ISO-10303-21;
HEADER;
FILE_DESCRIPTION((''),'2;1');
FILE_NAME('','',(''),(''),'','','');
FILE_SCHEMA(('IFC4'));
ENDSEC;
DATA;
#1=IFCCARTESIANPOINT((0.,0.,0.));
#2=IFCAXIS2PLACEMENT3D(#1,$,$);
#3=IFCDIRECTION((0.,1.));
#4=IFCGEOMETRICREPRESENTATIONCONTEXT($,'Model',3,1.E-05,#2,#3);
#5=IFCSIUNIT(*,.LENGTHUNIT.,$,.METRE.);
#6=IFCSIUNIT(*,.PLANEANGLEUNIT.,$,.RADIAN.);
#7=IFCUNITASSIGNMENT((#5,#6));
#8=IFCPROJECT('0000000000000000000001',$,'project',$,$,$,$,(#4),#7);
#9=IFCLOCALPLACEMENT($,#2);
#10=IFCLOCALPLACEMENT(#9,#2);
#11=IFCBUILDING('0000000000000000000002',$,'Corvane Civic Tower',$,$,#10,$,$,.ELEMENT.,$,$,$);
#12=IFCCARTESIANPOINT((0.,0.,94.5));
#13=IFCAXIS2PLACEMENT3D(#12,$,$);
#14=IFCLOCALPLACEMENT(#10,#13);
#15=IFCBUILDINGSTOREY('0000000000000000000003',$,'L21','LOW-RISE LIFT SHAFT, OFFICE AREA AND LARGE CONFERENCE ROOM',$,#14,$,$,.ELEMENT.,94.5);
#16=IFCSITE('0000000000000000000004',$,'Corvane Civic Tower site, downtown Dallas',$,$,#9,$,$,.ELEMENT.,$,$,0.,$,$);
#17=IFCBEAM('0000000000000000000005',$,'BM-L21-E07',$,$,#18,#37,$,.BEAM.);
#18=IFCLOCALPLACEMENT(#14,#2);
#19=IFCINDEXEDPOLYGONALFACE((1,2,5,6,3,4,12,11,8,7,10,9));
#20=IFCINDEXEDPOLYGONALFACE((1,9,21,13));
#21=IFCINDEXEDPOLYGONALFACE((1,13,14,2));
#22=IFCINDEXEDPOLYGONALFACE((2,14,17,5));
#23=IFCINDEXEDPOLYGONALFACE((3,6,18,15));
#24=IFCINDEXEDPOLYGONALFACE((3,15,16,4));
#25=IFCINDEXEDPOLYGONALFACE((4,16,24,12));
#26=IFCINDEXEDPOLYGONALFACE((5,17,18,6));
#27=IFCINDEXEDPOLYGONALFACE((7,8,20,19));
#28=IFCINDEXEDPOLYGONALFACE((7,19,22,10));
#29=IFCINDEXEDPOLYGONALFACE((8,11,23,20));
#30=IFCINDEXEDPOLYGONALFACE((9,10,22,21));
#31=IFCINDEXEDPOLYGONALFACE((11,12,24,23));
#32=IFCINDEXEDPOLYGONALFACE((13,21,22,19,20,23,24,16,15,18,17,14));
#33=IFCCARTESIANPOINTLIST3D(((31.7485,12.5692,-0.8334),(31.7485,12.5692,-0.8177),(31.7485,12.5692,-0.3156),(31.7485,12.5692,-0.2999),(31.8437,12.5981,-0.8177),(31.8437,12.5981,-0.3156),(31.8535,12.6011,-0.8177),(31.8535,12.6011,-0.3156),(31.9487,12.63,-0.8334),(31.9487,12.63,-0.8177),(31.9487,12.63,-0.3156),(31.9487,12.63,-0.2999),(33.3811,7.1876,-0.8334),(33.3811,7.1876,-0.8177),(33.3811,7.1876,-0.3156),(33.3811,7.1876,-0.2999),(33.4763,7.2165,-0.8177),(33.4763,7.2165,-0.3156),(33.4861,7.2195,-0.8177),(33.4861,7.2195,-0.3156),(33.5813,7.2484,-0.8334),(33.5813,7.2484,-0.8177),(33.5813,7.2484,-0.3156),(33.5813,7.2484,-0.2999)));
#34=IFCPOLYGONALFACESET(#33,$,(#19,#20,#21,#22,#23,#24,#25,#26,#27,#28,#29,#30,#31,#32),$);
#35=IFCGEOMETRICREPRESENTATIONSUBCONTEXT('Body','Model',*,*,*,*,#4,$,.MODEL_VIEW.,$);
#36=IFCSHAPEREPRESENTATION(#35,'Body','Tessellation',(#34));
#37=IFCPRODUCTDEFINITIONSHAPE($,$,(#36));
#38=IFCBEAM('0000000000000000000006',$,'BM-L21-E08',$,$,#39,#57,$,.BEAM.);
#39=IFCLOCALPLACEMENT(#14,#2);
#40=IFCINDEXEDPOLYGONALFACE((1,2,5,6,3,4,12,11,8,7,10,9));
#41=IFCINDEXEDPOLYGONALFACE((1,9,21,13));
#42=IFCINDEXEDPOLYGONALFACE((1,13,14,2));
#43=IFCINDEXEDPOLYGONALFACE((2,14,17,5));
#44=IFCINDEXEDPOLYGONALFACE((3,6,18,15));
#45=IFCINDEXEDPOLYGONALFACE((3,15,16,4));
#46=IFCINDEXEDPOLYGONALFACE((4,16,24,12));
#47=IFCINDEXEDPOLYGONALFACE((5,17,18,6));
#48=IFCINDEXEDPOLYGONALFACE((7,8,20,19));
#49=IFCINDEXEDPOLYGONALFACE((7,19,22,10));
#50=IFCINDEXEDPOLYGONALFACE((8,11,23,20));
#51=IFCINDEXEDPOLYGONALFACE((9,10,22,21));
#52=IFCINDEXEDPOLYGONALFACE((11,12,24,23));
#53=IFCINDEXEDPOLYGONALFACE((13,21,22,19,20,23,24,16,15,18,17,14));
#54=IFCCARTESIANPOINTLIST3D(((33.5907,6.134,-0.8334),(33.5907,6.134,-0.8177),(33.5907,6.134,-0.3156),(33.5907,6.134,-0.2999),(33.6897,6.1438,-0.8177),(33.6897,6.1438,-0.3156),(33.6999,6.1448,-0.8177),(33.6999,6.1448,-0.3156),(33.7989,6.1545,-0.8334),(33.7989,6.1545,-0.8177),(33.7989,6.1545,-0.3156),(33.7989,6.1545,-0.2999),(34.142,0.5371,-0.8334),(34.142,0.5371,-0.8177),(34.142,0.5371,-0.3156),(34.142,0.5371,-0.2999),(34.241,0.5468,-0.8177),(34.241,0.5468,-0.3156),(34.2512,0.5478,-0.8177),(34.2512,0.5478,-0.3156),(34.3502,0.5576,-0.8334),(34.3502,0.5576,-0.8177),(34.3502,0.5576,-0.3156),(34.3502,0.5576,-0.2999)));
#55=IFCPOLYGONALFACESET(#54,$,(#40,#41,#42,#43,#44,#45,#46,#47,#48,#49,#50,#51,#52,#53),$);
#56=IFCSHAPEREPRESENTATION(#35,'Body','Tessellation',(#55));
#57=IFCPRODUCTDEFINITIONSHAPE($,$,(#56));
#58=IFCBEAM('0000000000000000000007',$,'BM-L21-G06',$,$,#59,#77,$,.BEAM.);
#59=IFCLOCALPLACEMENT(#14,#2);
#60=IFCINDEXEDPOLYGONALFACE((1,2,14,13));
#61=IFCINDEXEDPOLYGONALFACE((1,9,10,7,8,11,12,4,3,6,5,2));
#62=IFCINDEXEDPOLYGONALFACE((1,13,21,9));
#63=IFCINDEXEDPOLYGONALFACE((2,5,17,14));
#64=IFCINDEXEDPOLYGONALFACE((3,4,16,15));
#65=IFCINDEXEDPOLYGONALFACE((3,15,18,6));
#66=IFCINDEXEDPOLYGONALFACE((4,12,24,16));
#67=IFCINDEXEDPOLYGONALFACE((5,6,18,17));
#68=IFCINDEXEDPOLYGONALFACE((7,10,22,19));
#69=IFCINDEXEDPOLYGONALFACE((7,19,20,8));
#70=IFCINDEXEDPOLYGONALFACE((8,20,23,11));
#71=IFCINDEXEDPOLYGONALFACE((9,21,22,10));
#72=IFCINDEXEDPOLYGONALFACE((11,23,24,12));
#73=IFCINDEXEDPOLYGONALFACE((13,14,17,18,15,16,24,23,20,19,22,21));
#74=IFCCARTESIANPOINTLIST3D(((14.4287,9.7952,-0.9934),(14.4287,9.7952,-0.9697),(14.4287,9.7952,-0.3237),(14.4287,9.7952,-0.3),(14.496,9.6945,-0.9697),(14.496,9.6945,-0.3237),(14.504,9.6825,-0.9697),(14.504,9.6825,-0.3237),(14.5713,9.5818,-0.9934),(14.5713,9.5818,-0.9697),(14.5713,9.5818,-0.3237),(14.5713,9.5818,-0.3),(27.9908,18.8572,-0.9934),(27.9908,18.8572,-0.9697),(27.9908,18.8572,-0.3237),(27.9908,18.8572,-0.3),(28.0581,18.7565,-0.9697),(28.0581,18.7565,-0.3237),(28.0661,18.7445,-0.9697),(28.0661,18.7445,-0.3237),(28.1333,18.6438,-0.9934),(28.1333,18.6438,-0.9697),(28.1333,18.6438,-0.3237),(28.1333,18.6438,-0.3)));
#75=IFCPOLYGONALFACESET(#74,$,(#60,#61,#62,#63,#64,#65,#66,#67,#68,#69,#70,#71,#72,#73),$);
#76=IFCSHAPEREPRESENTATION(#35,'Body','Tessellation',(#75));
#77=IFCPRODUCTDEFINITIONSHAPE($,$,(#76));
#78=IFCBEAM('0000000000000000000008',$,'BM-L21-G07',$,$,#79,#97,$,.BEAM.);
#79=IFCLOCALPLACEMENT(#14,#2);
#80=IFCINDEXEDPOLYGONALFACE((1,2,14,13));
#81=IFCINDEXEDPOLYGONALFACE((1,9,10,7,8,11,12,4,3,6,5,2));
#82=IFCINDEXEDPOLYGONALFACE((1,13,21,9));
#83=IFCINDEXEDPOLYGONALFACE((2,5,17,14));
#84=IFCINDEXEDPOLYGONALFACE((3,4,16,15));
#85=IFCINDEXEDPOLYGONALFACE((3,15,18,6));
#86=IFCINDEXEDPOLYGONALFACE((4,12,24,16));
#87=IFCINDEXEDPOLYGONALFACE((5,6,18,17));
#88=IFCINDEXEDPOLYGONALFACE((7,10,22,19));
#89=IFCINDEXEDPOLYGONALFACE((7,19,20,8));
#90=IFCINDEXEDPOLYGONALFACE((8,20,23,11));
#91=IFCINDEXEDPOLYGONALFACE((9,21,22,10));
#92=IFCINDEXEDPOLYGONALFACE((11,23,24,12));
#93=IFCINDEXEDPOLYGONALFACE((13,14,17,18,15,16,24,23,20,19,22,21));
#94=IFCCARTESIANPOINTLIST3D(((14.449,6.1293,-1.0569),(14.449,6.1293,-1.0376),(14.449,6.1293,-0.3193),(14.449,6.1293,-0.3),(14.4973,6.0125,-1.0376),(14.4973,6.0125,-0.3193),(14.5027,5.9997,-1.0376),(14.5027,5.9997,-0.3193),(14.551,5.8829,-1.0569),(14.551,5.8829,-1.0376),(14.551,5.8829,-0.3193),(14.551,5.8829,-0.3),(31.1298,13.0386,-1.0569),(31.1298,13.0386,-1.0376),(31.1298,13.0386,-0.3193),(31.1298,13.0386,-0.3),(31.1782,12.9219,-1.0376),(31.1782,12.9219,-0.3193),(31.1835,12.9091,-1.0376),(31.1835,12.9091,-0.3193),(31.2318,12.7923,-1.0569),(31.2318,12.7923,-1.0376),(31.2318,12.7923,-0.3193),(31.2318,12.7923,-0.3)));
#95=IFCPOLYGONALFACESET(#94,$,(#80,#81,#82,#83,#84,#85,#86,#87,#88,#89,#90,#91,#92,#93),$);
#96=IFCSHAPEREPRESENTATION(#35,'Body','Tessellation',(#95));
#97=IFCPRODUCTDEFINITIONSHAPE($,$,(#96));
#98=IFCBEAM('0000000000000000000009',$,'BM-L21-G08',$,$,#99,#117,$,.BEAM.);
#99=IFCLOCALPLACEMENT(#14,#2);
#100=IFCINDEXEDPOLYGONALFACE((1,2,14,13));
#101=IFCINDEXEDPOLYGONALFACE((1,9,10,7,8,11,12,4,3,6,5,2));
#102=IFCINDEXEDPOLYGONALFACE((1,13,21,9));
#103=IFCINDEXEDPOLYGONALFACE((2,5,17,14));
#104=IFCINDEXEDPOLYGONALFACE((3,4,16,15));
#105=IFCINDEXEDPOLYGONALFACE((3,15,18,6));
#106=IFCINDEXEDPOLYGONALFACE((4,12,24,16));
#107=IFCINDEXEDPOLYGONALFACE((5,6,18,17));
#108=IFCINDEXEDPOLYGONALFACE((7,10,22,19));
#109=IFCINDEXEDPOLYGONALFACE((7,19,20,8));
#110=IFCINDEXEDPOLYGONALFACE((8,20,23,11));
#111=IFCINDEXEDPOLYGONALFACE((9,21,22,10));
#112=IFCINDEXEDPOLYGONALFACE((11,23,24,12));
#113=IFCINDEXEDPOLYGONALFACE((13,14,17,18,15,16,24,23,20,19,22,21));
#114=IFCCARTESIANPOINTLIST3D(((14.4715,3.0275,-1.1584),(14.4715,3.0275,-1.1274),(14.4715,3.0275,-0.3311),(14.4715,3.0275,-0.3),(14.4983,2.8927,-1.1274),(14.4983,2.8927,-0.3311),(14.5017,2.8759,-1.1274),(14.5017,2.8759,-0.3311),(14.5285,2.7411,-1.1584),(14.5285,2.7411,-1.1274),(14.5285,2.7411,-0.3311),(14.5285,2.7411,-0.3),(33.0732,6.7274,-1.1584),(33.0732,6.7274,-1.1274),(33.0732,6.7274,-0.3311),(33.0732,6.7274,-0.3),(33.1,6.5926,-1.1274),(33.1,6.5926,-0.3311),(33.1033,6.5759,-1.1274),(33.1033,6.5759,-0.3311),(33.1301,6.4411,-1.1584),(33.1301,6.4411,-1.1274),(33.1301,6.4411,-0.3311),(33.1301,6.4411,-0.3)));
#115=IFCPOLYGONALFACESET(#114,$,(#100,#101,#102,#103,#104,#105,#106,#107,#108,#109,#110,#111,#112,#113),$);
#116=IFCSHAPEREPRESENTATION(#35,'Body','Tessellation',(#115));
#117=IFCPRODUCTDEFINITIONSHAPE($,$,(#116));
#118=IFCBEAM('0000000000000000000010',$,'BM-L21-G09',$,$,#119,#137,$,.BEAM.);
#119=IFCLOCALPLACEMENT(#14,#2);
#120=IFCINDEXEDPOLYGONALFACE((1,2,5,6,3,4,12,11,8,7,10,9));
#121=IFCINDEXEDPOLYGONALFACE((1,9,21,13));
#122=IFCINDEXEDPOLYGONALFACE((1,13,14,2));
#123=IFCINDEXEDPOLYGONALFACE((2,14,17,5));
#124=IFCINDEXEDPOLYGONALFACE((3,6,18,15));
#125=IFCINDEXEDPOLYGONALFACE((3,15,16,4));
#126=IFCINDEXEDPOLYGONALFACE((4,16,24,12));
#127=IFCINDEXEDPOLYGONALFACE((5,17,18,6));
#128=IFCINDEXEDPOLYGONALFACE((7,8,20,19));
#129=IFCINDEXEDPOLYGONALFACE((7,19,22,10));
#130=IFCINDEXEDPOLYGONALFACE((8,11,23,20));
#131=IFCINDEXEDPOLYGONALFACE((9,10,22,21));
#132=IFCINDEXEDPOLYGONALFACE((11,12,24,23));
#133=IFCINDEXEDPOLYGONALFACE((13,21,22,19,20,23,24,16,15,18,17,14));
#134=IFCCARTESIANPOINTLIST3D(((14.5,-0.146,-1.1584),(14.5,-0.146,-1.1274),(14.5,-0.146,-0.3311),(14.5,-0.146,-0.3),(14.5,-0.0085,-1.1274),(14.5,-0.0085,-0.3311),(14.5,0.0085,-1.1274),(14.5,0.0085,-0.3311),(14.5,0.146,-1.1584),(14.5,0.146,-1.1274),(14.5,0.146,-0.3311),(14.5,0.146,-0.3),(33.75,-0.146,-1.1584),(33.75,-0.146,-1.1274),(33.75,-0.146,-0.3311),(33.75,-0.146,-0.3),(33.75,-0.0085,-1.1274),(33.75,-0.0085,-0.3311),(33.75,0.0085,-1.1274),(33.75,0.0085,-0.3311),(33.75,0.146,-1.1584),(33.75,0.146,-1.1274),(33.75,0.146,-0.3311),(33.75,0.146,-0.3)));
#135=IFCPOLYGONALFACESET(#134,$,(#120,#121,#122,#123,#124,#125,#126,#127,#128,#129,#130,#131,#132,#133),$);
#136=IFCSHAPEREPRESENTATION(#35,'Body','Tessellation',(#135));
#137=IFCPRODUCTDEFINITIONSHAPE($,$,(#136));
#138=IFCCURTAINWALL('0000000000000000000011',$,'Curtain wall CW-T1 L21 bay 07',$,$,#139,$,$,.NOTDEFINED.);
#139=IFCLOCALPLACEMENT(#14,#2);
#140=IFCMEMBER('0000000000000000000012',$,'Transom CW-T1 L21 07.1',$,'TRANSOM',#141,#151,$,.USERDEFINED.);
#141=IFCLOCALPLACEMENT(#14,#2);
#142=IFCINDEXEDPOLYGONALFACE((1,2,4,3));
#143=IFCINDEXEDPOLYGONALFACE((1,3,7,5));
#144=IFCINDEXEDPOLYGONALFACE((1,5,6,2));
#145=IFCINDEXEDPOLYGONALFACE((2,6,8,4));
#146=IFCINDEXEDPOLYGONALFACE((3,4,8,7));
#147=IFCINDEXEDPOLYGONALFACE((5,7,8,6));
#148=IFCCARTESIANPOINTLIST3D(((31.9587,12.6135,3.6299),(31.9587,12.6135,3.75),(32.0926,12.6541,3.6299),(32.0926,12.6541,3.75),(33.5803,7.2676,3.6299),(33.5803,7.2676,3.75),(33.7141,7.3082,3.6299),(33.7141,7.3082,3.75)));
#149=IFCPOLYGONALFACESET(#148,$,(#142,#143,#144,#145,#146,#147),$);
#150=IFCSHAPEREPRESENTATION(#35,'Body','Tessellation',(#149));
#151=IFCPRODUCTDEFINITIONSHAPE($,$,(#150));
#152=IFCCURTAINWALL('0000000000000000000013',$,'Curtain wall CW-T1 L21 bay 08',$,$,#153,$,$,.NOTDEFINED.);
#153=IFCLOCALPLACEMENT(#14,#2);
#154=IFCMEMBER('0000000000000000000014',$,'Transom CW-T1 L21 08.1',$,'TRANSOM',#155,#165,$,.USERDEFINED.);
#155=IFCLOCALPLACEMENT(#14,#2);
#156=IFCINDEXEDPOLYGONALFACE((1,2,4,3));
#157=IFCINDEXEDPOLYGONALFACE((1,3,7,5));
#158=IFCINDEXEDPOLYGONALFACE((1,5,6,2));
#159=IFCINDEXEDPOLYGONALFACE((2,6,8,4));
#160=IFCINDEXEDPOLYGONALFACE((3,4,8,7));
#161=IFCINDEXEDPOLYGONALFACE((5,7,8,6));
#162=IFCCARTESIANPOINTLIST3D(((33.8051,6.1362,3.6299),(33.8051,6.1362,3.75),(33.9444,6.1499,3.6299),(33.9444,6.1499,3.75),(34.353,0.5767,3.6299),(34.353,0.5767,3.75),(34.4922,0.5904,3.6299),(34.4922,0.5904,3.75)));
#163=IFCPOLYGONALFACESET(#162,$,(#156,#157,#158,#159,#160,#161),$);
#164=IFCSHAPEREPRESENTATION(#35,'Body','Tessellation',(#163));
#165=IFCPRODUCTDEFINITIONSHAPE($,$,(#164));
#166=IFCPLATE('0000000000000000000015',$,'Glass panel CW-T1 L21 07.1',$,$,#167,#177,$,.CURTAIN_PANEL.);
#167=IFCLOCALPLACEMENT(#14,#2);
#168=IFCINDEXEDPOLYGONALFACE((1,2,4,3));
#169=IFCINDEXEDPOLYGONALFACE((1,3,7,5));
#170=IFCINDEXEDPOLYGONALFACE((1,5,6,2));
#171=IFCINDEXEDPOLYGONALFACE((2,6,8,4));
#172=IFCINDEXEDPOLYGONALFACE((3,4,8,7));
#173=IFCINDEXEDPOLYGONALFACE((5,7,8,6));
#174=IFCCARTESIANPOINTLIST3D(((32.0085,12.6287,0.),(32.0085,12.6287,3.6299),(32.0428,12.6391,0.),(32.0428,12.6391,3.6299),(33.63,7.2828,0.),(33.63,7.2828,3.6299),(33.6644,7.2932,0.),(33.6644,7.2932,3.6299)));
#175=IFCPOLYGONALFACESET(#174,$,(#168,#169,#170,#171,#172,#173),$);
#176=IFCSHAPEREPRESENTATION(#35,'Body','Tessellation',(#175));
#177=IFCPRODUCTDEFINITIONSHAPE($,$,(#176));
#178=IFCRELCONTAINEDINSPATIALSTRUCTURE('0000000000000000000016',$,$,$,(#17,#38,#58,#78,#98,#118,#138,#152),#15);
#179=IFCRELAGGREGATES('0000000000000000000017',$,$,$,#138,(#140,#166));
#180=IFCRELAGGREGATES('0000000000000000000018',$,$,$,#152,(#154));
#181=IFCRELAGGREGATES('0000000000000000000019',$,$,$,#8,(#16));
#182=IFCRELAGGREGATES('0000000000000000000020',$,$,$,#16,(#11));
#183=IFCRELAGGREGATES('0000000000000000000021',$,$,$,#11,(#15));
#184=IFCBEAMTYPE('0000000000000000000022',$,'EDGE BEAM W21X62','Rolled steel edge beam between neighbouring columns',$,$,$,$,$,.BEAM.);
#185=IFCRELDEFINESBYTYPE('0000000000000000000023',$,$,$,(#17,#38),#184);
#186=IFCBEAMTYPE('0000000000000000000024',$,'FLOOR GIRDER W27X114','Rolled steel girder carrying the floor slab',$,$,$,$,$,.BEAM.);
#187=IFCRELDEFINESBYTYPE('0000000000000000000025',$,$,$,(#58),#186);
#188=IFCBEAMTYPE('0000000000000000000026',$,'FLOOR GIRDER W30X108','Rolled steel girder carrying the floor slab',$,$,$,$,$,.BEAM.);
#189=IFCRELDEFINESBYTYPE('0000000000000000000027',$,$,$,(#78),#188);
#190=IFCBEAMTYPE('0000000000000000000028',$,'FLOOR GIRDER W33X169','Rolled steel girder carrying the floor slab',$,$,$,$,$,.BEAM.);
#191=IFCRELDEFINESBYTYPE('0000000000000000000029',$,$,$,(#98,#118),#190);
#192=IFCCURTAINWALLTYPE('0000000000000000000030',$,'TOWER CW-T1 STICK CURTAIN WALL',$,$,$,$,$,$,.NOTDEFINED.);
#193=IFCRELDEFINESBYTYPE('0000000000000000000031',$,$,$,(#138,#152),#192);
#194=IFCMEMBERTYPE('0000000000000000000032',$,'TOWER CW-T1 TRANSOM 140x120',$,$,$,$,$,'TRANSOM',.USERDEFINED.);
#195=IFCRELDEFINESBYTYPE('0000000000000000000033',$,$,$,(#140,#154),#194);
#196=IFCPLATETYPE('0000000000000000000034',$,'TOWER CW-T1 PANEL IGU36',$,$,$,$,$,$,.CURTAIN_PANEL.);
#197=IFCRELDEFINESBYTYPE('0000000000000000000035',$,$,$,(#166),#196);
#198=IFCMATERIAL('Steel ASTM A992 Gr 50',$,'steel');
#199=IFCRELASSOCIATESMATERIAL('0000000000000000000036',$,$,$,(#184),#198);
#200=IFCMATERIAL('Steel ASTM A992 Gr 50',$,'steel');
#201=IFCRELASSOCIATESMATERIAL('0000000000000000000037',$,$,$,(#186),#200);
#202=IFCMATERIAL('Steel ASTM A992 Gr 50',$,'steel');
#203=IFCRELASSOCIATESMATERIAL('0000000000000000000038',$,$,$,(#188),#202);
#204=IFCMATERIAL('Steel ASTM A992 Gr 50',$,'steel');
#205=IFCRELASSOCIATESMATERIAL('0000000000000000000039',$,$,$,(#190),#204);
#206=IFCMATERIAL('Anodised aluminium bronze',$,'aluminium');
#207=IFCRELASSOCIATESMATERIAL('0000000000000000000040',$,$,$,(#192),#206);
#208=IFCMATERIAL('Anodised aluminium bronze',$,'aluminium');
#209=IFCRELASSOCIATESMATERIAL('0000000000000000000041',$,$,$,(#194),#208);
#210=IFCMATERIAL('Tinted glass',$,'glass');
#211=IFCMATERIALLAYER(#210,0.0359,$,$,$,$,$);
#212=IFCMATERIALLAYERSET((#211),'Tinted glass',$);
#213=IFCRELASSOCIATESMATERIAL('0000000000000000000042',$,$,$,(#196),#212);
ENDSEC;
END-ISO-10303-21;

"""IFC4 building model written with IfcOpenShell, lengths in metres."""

from ifc_helpers import new_model, si_unit, direction, frame, origin, origin_2d, place, context, subcontext, project, spatial, rectangle, i_section, extrude, material, layer, layer_set, material_profile, profile_set, type_object, element, aggregate, save


model = new_model("IFC4")

# Units and contexts
model_context = context("Model", 3, precision=1e-05, world=origin(), true_north=direction((0.0, 1.0)))
body_context = subcontext(model_context, "Body", "Model", "MODEL_VIEW")
ifc_project = project(units=[si_unit("LENGTHUNIT", "METRE"), si_unit("PLANEANGLEUNIT", "RADIAN")], contexts=[model_context])

# Site, building, storey
site_placement = place(None, origin())
site = spatial("IfcSite", under=ifc_project, at=site_placement, Name="Corvane Civic Tower site, downtown Dallas", CompositionType="ELEMENT", RefElevation=0.0)
building_placement = place(site_placement, origin())
building = spatial("IfcBuilding", under=site, at=building_placement, Name="Corvane Civic Tower", CompositionType="ELEMENT")
storey_placement = place(building_placement, frame((0.0, 0.0, 94.5)))
storey = spatial("IfcBuildingStorey", under=building, at=storey_placement, Name="L21", Description="LOW-RISE LIFT SHAFT, OFFICE AREA AND LARGE CONFERENCE ROOM", CompositionType="ELEMENT", Elevation=94.5)

# Beams
ifc_material_1 = material(Name="Steel ASTM A992 Gr 50", Category="steel")
ifc_material_profile_1 = material_profile(ifc_material_1, i_section(OverallWidth=0.2092, OverallDepth=0.5334, WebThickness=0.0103, FlangeThickness=0.0156, at=origin_2d()), Name="W21X62")
ifc_profile_set_1 = profile_set([ifc_material_profile_1], Name="Steel ASTM A992 Gr 50")
beam_type_1 = type_object("IfcBeamType", Name="EDGE BEAM W21X62", Description="Rolled steel edge beam between neighbouring columns", PredefinedType="BEAM", material=ifc_profile_set_1)
beam_1_placement = place(storey_placement, frame((31.8486, 12.5996, -0.5667), z_axis=(0.290298, -0.956936, 0.0), x_axis=(0.956936, 0.290298, 0.0)))
element("IfcBeam", 1, at=beam_1_placement, inside=storey, type_object=beam_type_1, Name="BM-L21-E07", PredefinedType="BEAM", context=body_context, shape_type="SweptSolid", body=[
    extrude(i_section(OverallWidth=0.2092, OverallDepth=0.5334, WebThickness=0.0103, FlangeThickness=0.0156, at=origin_2d()), origin(), (0.0, 0.0, 1.0), 5.6238),
])
beam_2_placement = place(storey_placement, frame((33.6948, 6.1443, -0.5667), z_axis=(0.098021, -0.995184, 0.0), x_axis=(0.995184, 0.098021, 0.0)))
element("IfcBeam", 2, at=beam_2_placement, inside=storey, type_object=beam_type_1, Name="BM-L21-E08", PredefinedType="BEAM", context=body_context, shape_type="SweptSolid", body=[
    extrude(i_section(OverallWidth=0.2092, OverallDepth=0.5334, WebThickness=0.0103, FlangeThickness=0.0156, at=origin_2d()), origin(), (0.0, 0.0, 1.0), 5.624),
])
ifc_material_2 = material(Name="Steel ASTM A992 Gr 50", Category="steel")
ifc_material_profile_2 = material_profile(ifc_material_2, i_section(OverallWidth=0.2566, OverallDepth=0.6934, WebThickness=0.0144, FlangeThickness=0.0237, at=origin_2d()), Name="W27X114")
ifc_profile_set_2 = profile_set([ifc_material_profile_2], Name="Steel ASTM A992 Gr 50")
beam_type_2 = type_object("IfcBeamType", Name="FLOOR GIRDER W27X114", Description="Rolled steel girder carrying the floor slab", PredefinedType="BEAM", material=ifc_profile_set_2)
beam_3_placement = place(storey_placement, frame((14.5, 9.6885, -0.6467), z_axis=(0.831465, 0.555577, 0.0), x_axis=(-0.555577, 0.831465, 0.0)))
element("IfcBeam", 3, at=beam_3_placement, inside=storey, type_object=beam_type_2, Name="BM-L21-G06", PredefinedType="BEAM", context=body_context, shape_type="SweptSolid", body=[
    extrude(i_section(OverallWidth=0.2566, OverallDepth=0.6934, WebThickness=0.0144, FlangeThickness=0.0237, at=origin_2d()), origin(), (0.0, 0.0, 1.0), 16.311),
])
ifc_material_3 = material(Name="Steel ASTM A992 Gr 50", Category="steel")
ifc_material_profile_3 = material_profile(ifc_material_3, i_section(OverallWidth=0.2666, OverallDepth=0.7568, WebThickness=0.0139, FlangeThickness=0.0193, at=origin_2d()), Name="W30X108")
ifc_profile_set_3 = profile_set([ifc_material_profile_3], Name="Steel ASTM A992 Gr 50")
beam_type_3 = type_object("IfcBeamType", Name="FLOOR GIRDER W30X108", Description="Rolled steel girder carrying the floor slab", PredefinedType="BEAM", material=ifc_profile_set_3)
beam_4_placement = place(storey_placement, frame((14.5, 6.0061, -0.6785), z_axis=(0.92388, 0.382682, 0.0), x_axis=(-0.382682, 0.92388, 0.0)))
element("IfcBeam", 4, at=beam_4_placement, inside=storey, type_object=beam_type_3, Name="BM-L21-G07", PredefinedType="BEAM", context=body_context, shape_type="SweptSolid", body=[
    extrude(i_section(OverallWidth=0.2666, OverallDepth=0.7568, WebThickness=0.0139, FlangeThickness=0.0193, at=origin_2d()), origin(), (0.0, 0.0, 1.0), 18.0552),
])
ifc_material_4 = material(Name="Steel ASTM A992 Gr 50", Category="steel")
ifc_material_profile_4 = material_profile(ifc_material_4, i_section(OverallWidth=0.292, OverallDepth=0.8584, WebThickness=0.0171, FlangeThickness=0.031, at=origin_2d()), Name="W33X169")
ifc_profile_set_4 = profile_set([ifc_material_profile_4], Name="Steel ASTM A992 Gr 50")
beam_type_4 = type_object("IfcBeamType", Name="FLOOR GIRDER W33X169", Description="Rolled steel girder carrying the floor slab", PredefinedType="BEAM", material=ifc_profile_set_4)
beam_5_placement = place(storey_placement, frame((14.5, 2.8843, -0.7292), z_axis=(0.980787, 0.195084, 0.0), x_axis=(-0.195084, 0.980787, 0.0)))
element("IfcBeam", 5, at=beam_5_placement, inside=storey, type_object=beam_type_4, Name="BM-L21-G08", PredefinedType="BEAM", context=body_context, shape_type="SweptSolid", body=[
    extrude(i_section(OverallWidth=0.292, OverallDepth=0.8584, WebThickness=0.0171, FlangeThickness=0.031, at=origin_2d()), origin(), (0.0, 0.0, 1.0), 18.9661),
])
beam_6_placement = place(storey_placement, frame((14.5, 0.0, -0.7292), z_axis=(1.0, 0.0, 0.0), x_axis=(0.0, 1.0, 0.0)))
element("IfcBeam", 6, at=beam_6_placement, inside=storey, type_object=beam_type_4, Name="BM-L21-G09", PredefinedType="BEAM", context=body_context, shape_type="SweptSolid", body=[
    extrude(i_section(OverallWidth=0.292, OverallDepth=0.8584, WebThickness=0.0171, FlangeThickness=0.031, at=origin_2d()), origin(), (0.0, 0.0, 1.0), 19.25),
])

# Curtain walls, members
ifc_material_5 = material(Name="Anodised aluminium bronze", Category="aluminium")
curtain_wall_type = type_object("IfcCurtainWallType", Name="TOWER CW-T1 STICK CURTAIN WALL", PredefinedType="NOTDEFINED", material=ifc_material_5)
curtain_wall_1_placement = place(storey_placement, origin())
curtain_wall_1 = element("IfcCurtainWall", 7, at=curtain_wall_1_placement, inside=storey, type_object=curtain_wall_type, Name="Curtain wall CW-T1 L21 bay 07", PredefinedType="NOTDEFINED")
ifc_material_6 = material(Name="Anodised aluminium bronze", Category="aluminium")
ifc_material_profile_5 = material_profile(ifc_material_6, rectangle(XDim=0.1399, YDim=0.1201, at=origin_2d()), Name="TOWER CW-T1 TRANSOM 140x120")
ifc_profile_set_5 = profile_set([ifc_material_profile_5], Name="Anodised aluminium bronze")
member_type = type_object("IfcMemberType", Name="TOWER CW-T1 TRANSOM 140x120", ElementType="TRANSOM", PredefinedType="USERDEFINED", material=ifc_profile_set_5)
member_1_placement = place(storey_placement, frame((32.0256, 12.6338, 3.6899), z_axis=(0.290269, -0.956945, 0.0), x_axis=(0.956945, 0.290269, 0.0)))
member_1 = element("IfcMember", 8, at=member_1_placement, type_object=member_type, Name="Transom CW-T1 L21 07.1", ObjectType="TRANSOM", PredefinedType="USERDEFINED", context=body_context, shape_type="SweptSolid", body=[
    extrude(rectangle(XDim=0.1399, YDim=0.1201, at=origin_2d()), origin(), (0.0, 0.0, 1.0), 5.5864),
])
curtain_wall_2_placement = place(storey_placement, origin())
curtain_wall_2 = element("IfcCurtainWall", 9, at=curtain_wall_2_placement, inside=storey, type_object=curtain_wall_type, Name="Curtain wall CW-T1 L21 bay 08", PredefinedType="NOTDEFINED")
member_2_placement = place(storey_placement, frame((33.8748, 6.1431, 3.6899), z_axis=(0.098067, -0.99518, 0.0), x_axis=(0.99518, 0.098067, 0.0)))
member_2 = element("IfcMember", 10, at=member_2_placement, type_object=member_type, Name="Transom CW-T1 L21 08.1", ObjectType="TRANSOM", PredefinedType="USERDEFINED", context=body_context, shape_type="SweptSolid", body=[
    extrude(rectangle(XDim=0.1399, YDim=0.1201, at=origin_2d()), origin(), (0.0, 0.0, 1.0), 5.5864),
])

# Plate
ifc_material_7 = material(Name="Tinted glass", Category="glass")
ifc_layer_1 = layer(ifc_material_7, 0.0359)
ifc_layer_set_1 = layer_set([ifc_layer_1], Name="Tinted glass")
plate_type = type_object("IfcPlateType", Name="TOWER CW-T1 PANEL IGU36", PredefinedType="CURTAIN_PANEL", material=ifc_layer_set_1)
plate_1_placement = place(storey_placement, frame((32.8364, 9.9609, 0.0), z_axis=(0.0, 0.0, 1.0), x_axis=(0.290266, -0.956946, 0.0)))
plate_1 = element("IfcPlate", 11, at=plate_1_placement, type_object=plate_type, Name="Glass panel CW-T1 L21 07.1", PredefinedType="CURTAIN_PANEL", context=body_context, shape_type="SweptSolid", body=[
    extrude(rectangle(XDim=5.5864, YDim=0.0359, at=origin_2d()), origin(), (0.0, 0.0, 1.0), 3.6299),
])
aggregate(curtain_wall_1, [member_1, plate_1])
aggregate(curtain_wall_2, [member_2])

save(model, "model.ifc")
